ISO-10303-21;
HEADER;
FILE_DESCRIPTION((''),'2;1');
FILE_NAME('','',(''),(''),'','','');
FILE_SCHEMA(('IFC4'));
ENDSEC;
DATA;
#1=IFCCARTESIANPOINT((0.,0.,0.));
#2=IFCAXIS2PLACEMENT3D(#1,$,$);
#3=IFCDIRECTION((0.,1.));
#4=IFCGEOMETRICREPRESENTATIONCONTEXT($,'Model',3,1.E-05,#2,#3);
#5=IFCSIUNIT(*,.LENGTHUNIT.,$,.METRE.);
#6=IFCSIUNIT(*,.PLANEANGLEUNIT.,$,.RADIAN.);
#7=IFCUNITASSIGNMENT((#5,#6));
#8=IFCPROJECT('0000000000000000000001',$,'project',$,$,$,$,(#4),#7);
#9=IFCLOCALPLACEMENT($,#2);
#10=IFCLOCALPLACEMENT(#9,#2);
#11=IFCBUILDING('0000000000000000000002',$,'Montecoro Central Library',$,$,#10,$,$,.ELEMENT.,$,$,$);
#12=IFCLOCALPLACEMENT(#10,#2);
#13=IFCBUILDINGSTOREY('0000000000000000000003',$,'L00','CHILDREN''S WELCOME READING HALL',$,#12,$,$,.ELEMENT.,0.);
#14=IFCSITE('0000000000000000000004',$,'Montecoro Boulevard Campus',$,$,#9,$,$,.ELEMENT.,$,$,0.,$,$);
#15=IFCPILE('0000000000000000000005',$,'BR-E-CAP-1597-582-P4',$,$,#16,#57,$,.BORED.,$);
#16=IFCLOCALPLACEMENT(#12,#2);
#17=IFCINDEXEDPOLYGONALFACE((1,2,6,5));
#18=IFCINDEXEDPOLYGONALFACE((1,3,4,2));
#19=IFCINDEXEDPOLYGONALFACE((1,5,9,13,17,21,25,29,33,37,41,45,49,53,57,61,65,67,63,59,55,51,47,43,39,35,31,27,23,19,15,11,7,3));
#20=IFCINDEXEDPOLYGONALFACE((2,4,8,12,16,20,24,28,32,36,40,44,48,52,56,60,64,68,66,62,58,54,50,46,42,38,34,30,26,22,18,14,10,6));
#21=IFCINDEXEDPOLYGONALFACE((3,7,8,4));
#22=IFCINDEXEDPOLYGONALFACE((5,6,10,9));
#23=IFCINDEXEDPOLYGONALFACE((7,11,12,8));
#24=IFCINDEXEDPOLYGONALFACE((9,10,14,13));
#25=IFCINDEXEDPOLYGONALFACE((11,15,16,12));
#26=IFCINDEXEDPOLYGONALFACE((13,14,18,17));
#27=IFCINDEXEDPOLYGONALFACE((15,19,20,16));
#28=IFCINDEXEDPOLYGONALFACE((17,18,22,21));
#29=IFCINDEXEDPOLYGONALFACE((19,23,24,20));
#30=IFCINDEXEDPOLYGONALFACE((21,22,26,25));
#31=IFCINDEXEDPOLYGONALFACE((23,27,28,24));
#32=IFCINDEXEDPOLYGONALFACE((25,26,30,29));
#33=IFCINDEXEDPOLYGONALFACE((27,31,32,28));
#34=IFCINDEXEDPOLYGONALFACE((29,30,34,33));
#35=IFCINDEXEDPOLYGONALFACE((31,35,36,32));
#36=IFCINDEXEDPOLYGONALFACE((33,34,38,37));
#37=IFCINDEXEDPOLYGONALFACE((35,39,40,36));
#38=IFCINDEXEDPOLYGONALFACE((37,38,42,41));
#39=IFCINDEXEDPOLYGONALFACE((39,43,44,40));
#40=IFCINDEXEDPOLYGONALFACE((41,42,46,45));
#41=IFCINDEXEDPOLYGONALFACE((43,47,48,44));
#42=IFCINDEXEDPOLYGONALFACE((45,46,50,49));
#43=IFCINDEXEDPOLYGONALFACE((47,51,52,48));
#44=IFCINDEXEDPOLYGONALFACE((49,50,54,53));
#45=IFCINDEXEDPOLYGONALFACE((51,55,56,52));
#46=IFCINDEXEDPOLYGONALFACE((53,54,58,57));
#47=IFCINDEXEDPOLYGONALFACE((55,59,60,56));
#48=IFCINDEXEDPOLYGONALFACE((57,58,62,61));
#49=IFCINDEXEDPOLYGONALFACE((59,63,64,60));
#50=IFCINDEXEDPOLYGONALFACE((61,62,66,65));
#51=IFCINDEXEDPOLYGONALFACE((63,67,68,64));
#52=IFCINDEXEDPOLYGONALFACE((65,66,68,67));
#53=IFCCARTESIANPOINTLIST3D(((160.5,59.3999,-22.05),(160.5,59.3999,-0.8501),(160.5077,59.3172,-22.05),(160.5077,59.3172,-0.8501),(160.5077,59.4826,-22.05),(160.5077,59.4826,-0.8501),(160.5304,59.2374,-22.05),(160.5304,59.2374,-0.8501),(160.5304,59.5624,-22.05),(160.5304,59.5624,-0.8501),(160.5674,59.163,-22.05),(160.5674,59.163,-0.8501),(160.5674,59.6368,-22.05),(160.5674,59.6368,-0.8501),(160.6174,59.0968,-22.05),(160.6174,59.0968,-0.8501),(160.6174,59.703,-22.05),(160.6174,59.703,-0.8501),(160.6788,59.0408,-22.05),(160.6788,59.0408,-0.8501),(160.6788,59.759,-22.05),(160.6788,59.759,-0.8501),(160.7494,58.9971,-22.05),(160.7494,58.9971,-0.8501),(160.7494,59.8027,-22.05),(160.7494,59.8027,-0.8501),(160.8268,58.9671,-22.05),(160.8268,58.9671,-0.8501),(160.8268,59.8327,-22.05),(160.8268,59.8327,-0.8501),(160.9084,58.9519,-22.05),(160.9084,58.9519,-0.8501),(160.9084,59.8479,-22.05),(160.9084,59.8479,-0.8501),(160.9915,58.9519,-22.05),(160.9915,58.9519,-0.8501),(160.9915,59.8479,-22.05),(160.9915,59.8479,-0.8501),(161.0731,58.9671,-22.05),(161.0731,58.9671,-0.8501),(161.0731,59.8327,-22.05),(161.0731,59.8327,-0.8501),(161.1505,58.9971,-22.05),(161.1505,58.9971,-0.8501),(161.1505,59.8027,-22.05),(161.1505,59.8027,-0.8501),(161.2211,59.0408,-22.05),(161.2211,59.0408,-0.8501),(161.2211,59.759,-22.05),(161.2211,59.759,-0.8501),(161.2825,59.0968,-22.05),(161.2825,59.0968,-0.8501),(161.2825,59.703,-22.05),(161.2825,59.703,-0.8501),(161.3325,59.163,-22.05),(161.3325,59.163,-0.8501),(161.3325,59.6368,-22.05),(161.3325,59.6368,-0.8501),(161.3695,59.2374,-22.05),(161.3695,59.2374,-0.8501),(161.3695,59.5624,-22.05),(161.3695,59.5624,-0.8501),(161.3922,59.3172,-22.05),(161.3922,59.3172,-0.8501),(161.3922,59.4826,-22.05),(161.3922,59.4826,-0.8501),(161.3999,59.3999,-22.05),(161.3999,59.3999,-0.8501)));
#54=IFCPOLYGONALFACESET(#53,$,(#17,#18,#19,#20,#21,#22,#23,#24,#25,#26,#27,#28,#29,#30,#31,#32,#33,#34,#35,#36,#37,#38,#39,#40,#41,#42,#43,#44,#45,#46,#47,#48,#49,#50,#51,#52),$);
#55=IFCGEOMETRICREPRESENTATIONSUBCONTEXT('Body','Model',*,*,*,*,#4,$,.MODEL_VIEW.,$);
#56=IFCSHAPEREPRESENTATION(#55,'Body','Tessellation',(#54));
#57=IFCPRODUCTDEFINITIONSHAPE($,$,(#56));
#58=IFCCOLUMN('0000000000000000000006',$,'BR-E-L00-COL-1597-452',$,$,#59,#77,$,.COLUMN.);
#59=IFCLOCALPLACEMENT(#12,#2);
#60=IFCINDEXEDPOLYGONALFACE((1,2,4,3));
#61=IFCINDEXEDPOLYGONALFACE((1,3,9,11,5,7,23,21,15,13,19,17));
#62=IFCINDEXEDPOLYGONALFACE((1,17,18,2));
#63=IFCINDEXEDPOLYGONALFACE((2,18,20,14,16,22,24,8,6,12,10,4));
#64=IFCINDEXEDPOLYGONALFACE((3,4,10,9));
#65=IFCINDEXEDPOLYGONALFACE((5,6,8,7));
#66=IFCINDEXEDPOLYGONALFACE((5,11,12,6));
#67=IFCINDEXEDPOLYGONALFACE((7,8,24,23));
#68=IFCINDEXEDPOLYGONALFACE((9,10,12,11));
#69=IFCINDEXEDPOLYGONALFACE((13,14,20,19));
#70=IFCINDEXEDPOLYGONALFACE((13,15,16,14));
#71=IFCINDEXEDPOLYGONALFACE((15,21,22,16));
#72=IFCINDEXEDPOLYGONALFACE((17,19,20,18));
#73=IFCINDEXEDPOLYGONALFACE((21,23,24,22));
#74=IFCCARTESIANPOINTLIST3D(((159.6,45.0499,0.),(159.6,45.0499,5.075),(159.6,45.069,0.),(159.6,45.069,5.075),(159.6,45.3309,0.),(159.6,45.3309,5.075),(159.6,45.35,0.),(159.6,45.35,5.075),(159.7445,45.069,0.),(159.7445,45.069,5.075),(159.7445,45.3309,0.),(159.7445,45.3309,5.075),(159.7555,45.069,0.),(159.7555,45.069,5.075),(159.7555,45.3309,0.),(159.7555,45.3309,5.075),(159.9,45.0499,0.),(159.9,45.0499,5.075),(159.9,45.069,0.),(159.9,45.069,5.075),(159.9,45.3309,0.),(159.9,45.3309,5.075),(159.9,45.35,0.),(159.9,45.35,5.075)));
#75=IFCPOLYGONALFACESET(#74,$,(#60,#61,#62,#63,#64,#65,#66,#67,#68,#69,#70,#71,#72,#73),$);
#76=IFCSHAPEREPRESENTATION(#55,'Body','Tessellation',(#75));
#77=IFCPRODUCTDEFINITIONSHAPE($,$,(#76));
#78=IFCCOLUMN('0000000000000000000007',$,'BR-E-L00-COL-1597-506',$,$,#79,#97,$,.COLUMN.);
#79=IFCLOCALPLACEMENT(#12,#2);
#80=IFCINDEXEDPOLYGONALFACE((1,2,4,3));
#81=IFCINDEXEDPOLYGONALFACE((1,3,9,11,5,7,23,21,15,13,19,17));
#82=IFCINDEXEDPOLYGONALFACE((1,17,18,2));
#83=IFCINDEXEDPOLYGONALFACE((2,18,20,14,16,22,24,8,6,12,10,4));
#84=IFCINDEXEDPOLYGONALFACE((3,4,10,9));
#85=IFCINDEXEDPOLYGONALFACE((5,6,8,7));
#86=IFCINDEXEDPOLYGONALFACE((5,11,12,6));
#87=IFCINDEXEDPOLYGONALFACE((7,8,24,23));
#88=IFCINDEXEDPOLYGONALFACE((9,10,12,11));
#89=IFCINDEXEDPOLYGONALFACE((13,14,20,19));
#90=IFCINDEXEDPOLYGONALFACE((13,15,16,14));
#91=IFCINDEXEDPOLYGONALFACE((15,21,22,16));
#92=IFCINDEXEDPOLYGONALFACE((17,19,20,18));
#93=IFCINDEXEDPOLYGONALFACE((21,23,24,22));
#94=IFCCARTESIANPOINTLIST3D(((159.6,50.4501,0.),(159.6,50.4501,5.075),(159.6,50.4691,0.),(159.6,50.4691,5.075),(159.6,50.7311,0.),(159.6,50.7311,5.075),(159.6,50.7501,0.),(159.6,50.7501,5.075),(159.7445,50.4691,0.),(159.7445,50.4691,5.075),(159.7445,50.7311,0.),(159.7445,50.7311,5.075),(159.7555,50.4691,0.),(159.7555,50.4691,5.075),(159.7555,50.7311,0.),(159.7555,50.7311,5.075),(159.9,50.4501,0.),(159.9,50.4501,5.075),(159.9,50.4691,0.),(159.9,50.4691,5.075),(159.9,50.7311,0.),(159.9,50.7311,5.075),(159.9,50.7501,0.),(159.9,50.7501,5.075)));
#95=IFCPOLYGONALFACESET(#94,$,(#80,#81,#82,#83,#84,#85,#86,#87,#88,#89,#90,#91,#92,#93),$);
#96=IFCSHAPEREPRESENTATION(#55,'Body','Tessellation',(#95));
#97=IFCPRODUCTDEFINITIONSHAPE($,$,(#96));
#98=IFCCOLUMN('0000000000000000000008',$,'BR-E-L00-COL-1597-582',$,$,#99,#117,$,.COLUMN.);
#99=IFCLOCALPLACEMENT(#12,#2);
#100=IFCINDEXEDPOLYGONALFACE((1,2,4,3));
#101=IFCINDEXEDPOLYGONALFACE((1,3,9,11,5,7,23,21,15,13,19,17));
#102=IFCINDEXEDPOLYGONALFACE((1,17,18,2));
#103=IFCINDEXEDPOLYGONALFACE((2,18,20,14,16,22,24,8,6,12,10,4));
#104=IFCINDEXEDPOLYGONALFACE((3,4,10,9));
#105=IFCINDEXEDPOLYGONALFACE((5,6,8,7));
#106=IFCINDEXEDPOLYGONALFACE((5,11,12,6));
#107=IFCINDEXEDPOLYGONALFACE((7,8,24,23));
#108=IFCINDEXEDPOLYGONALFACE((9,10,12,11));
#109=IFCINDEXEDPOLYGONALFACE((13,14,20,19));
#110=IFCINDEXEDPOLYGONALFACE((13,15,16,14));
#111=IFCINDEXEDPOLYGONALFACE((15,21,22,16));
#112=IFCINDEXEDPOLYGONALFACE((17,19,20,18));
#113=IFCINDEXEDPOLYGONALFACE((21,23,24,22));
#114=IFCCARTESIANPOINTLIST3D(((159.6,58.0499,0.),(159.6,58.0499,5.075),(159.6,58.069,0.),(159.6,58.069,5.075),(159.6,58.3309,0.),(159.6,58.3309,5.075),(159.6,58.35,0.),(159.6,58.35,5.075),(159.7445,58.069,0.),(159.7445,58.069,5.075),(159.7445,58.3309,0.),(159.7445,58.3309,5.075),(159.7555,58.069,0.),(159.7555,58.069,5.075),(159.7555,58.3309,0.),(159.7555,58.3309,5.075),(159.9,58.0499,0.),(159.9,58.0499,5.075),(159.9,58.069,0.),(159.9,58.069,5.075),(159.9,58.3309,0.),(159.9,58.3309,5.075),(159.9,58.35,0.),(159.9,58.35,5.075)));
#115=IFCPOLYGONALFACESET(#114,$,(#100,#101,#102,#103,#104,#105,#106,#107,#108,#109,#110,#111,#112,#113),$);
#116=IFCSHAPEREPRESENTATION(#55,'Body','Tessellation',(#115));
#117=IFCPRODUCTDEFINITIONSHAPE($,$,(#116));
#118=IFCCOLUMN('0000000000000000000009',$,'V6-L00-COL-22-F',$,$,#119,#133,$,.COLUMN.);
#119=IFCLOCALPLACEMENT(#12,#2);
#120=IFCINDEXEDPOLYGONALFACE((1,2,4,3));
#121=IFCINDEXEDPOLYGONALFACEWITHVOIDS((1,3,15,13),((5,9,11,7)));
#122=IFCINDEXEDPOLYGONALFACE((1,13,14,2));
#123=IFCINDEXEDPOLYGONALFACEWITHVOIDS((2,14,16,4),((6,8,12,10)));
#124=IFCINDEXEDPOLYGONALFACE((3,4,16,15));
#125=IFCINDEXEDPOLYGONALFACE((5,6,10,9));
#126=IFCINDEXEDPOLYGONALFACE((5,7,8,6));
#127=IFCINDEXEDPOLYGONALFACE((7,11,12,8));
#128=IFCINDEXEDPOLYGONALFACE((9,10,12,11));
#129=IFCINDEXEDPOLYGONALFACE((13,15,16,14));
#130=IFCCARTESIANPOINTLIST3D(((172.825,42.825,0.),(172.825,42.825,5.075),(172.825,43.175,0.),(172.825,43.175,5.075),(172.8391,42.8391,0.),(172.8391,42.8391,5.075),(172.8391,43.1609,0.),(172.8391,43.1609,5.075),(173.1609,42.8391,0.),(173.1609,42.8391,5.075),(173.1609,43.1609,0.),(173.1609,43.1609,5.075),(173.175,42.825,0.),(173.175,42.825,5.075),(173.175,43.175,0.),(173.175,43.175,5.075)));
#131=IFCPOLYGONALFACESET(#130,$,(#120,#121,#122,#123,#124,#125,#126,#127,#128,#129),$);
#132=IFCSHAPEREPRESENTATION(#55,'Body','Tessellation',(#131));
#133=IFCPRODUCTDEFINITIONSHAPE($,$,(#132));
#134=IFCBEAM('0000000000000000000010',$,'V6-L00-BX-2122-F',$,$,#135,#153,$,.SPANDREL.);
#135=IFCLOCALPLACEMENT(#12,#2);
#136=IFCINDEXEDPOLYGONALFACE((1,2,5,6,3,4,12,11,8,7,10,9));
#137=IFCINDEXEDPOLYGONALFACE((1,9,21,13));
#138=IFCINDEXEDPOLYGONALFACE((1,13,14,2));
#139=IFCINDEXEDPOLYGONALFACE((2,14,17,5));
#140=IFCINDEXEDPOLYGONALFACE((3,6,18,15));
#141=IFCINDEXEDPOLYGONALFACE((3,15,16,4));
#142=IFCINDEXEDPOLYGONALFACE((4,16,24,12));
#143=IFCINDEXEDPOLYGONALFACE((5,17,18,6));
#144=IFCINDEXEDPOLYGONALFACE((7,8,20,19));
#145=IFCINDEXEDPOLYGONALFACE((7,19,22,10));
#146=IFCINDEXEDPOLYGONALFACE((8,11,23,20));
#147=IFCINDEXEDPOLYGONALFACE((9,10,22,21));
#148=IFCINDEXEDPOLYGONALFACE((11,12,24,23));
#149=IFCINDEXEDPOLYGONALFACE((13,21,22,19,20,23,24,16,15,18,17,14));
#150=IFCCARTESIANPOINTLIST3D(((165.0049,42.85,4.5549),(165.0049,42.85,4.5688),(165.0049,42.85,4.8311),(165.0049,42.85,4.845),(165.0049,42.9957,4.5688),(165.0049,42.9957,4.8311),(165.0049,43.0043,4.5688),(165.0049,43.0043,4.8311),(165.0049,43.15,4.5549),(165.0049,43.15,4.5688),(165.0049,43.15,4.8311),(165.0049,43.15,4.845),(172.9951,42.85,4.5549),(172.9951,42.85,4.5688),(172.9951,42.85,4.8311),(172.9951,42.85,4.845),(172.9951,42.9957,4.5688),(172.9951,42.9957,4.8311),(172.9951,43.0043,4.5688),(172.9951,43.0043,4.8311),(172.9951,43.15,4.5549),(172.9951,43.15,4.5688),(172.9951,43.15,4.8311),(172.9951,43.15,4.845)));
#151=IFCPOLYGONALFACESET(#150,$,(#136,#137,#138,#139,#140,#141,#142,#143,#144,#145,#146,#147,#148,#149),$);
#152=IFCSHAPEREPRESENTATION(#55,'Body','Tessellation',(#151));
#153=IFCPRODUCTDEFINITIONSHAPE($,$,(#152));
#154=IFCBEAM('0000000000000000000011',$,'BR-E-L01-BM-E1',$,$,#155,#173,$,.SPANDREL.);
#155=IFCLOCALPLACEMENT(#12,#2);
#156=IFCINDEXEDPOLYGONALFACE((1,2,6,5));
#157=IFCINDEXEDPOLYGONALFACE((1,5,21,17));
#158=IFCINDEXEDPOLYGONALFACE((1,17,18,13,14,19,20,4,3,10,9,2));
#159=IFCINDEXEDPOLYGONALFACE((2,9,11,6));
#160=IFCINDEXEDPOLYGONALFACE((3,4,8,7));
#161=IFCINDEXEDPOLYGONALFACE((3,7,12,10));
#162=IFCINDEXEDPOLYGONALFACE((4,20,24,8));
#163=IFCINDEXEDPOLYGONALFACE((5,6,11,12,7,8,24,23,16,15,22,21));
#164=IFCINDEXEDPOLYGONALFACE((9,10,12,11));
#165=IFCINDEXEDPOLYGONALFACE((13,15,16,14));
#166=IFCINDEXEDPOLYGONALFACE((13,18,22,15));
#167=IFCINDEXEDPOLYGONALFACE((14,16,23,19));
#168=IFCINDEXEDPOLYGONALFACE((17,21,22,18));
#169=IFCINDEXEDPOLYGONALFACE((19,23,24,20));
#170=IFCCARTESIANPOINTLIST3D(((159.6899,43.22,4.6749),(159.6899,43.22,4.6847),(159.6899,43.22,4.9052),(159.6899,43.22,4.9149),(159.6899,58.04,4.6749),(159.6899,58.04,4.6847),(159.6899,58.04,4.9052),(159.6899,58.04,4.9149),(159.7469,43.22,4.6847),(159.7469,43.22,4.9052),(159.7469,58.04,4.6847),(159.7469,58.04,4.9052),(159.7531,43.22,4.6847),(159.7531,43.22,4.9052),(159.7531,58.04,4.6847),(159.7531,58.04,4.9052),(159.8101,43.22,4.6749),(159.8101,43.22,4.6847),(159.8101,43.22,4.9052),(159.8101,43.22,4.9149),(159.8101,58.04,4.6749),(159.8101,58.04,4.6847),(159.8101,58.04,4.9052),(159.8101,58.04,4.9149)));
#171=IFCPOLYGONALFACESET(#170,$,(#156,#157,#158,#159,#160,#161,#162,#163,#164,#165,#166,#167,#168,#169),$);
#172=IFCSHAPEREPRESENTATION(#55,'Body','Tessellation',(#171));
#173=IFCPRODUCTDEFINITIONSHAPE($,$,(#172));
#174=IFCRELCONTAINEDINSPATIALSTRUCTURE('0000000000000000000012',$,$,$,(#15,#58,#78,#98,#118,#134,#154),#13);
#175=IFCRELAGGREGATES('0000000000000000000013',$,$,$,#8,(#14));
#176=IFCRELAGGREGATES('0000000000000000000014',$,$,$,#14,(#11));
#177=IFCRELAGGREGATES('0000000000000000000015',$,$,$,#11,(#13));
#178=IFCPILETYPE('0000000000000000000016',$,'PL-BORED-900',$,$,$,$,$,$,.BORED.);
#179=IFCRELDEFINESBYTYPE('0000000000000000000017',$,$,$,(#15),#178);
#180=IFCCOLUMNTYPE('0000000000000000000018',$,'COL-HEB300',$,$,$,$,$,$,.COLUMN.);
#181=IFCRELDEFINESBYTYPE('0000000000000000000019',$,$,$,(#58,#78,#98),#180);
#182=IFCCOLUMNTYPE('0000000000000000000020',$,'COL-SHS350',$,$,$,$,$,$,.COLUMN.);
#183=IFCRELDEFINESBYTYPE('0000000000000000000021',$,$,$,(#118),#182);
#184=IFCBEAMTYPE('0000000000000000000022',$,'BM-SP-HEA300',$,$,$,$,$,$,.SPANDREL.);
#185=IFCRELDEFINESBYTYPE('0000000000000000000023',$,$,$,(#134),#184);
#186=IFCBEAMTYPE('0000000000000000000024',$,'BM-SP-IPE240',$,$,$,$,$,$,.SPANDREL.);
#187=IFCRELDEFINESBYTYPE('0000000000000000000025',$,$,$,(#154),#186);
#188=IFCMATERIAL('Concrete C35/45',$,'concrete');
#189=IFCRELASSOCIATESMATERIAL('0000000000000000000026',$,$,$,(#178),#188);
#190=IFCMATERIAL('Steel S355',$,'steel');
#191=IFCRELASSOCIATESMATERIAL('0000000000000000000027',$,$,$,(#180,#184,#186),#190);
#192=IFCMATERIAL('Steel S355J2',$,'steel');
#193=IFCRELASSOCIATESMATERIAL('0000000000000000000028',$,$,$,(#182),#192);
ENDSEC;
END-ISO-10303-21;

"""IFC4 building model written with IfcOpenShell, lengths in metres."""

from ifc_helpers import new_model, si_unit, direction, frame, origin, origin_2d, place, context, subcontext, project, spatial, hollow_rectangle, circle, i_section, extrude, material, material_profile, profile_set, type_object, element, save


model = new_model("IFC4")

# Units and contexts
model_context = context("Model", 3, precision=1e-05, world=origin(), true_north=direction((0.0, 1.0)))
body_context = subcontext(model_context, "Body", "Model", "MODEL_VIEW")
ifc_project = project(units=[si_unit("LENGTHUNIT", "METRE"), si_unit("PLANEANGLEUNIT", "RADIAN")], contexts=[model_context])

# Site, building, storey
site_placement = place(None, origin())
site = spatial("IfcSite", under=ifc_project, at=site_placement, Name="Montecoro Boulevard Campus", CompositionType="ELEMENT", RefElevation=0.0)
building_placement = place(site_placement, origin())
building = spatial("IfcBuilding", under=site, at=building_placement, Name="Montecoro Central Library", CompositionType="ELEMENT")
storey_placement = place(building_placement, origin())
storey = spatial("IfcBuildingStorey", under=building, at=storey_placement, Name="L00", Description="CHILDREN'S WELCOME READING HALL", CompositionType="ELEMENT", Elevation=0.0)

# Shared definitions
ifc_material_1 = material(Name="Concrete C35/45", Category="concrete")

# Pile
ifc_material_profile_1 = material_profile(ifc_material_1, circle(Radius=0.45, at=origin_2d()), Name="PILE D900")
ifc_profile_set_1 = profile_set([ifc_material_profile_1], Name="Concrete C35/45")
pile_type_1 = type_object("IfcPileType", Name="PL-BORED-900", PredefinedType="BORED", material=ifc_profile_set_1)
for number, where, z_axis, x_axis, name in (
    (1, (160.95, 59.3999, -0.8501), (0.0, 0.0, -1.0), (1.0, 0.0, 0.0), "BR-E-CAP-1597-582-P4"),
):
    element("IfcPile", number, at=place(storey_placement, frame(where, z_axis=z_axis, x_axis=x_axis)), inside=storey, type_object=pile_type_1, Name=name, PredefinedType="BORED", context=body_context, shape_type="SweptSolid", body=[
        extrude(circle(Radius=0.45, at=origin_2d()), origin(), (0.0, 0.0, 1.0), 21.2),
    ])

# Columns
ifc_material_2 = material(Name="Steel S355", Category="steel")
ifc_material_profile_2 = material_profile(ifc_material_2, i_section(OverallWidth=0.3, OverallDepth=0.3, WebThickness=0.011, FlangeThickness=0.019, at=origin_2d()), Name="HEB 300")
ifc_profile_set_2 = profile_set([ifc_material_profile_2], Name="Steel S355")
column_type_1 = type_object("IfcColumnType", Name="COL-HEB300", PredefinedType="COLUMN", material=ifc_profile_set_2)
for number, where, z_axis, x_axis, name in (
    (2, (159.75, 45.2, 0.0), (0.0, 0.0, 1.0), (1.0, 0.0, 0.0), "BR-E-L00-COL-1597-452"),
    (3, (159.75, 50.6001, 0.0), (0.0, 0.0, 1.0), (1.0, 0.0, 0.0), "BR-E-L00-COL-1597-506"),
    (4, (159.75, 58.2, 0.0), (0.0, 0.0, 1.0), (1.0, 0.0, 0.0), "BR-E-L00-COL-1597-582"),
):
    element("IfcColumn", number, at=place(storey_placement, frame(where, z_axis=z_axis, x_axis=x_axis)), inside=storey, type_object=column_type_1, Name=name, PredefinedType="COLUMN", context=body_context, shape_type="SweptSolid", body=[
        extrude(i_section(OverallWidth=0.3, OverallDepth=0.3, WebThickness=0.011, FlangeThickness=0.019, at=origin_2d()), origin(), (0.0, 0.0, 1.0), 5.075),
    ])
ifc_material_3 = material(Name="Steel S355J2", Category="steel")
ifc_material_profile_3 = material_profile(ifc_material_3, hollow_rectangle(XDim=0.3501, YDim=0.3501, WallThickness=0.0142, at=origin_2d()), Name="SHS 350x350x14.2")
ifc_profile_set_3 = profile_set([ifc_material_profile_3], Name="Steel S355J2")
column_type_2 = type_object("IfcColumnType", Name="COL-SHS350", PredefinedType="COLUMN", material=ifc_profile_set_3)
column_placement = place(storey_placement, frame((173.0, 43.0, 0.0), z_axis=(0.0, 0.0, 1.0), x_axis=(1.0, 0.0, 0.0)))
element("IfcColumn", 5, at=column_placement, inside=storey, type_object=column_type_2, Name="V6-L00-COL-22-F", PredefinedType="COLUMN", context=body_context, shape_type="SweptSolid", body=[
    extrude(hollow_rectangle(XDim=0.3501, YDim=0.3501, WallThickness=0.0142, at=origin_2d()), origin(), (0.0, 0.0, 1.0), 5.075),
])

# Beams
ifc_material_profile_4 = material_profile(ifc_material_2, i_section(OverallWidth=0.3, OverallDepth=0.29, WebThickness=0.0085, FlangeThickness=0.0139, at=origin_2d()), Name="HEA 300")
ifc_profile_set_4 = profile_set([ifc_material_profile_4], Name="Steel S355")
beam_type_1 = type_object("IfcBeamType", Name="BM-SP-HEA300", PredefinedType="SPANDREL", material=ifc_profile_set_4)
beam_1_placement = place(storey_placement, frame((165.0049, 43.0, 4.7), z_axis=(1.0, 0.0, 0.0), x_axis=(0.0, 1.0, 0.0)))
element("IfcBeam", 6, at=beam_1_placement, inside=storey, type_object=beam_type_1, Name="V6-L00-BX-2122-F", PredefinedType="SPANDREL", context=body_context, shape_type="SweptSolid", body=[
    extrude(i_section(OverallWidth=0.3, OverallDepth=0.29, WebThickness=0.0085, FlangeThickness=0.0139, at=origin_2d()), origin(), (0.0, 0.0, 1.0), 7.9902),
])
ifc_material_profile_5 = material_profile(ifc_material_2, i_section(OverallWidth=0.1201, OverallDepth=0.24, WebThickness=0.0061, FlangeThickness=0.0098, at=origin_2d()), Name="IPE 240")
ifc_profile_set_5 = profile_set([ifc_material_profile_5], Name="Steel S355")
beam_type_2 = type_object("IfcBeamType", Name="BM-SP-IPE240", PredefinedType="SPANDREL", material=ifc_profile_set_5)
beam_2_placement = place(storey_placement, frame((159.75, 43.22, 4.7949), z_axis=(0.0, 1.0, 0.0), x_axis=(-1.0, 0.0, 0.0)))
element("IfcBeam", 7, at=beam_2_placement, inside=storey, type_object=beam_type_2, Name="BR-E-L01-BM-E1", PredefinedType="SPANDREL", context=body_context, shape_type="SweptSolid", body=[
    extrude(i_section(OverallWidth=0.1201, OverallDepth=0.24, WebThickness=0.0061, FlangeThickness=0.0098, at=origin_2d()), origin(), (0.0, 0.0, 1.0), 14.8201),
])

save(model, "model.ifc")
